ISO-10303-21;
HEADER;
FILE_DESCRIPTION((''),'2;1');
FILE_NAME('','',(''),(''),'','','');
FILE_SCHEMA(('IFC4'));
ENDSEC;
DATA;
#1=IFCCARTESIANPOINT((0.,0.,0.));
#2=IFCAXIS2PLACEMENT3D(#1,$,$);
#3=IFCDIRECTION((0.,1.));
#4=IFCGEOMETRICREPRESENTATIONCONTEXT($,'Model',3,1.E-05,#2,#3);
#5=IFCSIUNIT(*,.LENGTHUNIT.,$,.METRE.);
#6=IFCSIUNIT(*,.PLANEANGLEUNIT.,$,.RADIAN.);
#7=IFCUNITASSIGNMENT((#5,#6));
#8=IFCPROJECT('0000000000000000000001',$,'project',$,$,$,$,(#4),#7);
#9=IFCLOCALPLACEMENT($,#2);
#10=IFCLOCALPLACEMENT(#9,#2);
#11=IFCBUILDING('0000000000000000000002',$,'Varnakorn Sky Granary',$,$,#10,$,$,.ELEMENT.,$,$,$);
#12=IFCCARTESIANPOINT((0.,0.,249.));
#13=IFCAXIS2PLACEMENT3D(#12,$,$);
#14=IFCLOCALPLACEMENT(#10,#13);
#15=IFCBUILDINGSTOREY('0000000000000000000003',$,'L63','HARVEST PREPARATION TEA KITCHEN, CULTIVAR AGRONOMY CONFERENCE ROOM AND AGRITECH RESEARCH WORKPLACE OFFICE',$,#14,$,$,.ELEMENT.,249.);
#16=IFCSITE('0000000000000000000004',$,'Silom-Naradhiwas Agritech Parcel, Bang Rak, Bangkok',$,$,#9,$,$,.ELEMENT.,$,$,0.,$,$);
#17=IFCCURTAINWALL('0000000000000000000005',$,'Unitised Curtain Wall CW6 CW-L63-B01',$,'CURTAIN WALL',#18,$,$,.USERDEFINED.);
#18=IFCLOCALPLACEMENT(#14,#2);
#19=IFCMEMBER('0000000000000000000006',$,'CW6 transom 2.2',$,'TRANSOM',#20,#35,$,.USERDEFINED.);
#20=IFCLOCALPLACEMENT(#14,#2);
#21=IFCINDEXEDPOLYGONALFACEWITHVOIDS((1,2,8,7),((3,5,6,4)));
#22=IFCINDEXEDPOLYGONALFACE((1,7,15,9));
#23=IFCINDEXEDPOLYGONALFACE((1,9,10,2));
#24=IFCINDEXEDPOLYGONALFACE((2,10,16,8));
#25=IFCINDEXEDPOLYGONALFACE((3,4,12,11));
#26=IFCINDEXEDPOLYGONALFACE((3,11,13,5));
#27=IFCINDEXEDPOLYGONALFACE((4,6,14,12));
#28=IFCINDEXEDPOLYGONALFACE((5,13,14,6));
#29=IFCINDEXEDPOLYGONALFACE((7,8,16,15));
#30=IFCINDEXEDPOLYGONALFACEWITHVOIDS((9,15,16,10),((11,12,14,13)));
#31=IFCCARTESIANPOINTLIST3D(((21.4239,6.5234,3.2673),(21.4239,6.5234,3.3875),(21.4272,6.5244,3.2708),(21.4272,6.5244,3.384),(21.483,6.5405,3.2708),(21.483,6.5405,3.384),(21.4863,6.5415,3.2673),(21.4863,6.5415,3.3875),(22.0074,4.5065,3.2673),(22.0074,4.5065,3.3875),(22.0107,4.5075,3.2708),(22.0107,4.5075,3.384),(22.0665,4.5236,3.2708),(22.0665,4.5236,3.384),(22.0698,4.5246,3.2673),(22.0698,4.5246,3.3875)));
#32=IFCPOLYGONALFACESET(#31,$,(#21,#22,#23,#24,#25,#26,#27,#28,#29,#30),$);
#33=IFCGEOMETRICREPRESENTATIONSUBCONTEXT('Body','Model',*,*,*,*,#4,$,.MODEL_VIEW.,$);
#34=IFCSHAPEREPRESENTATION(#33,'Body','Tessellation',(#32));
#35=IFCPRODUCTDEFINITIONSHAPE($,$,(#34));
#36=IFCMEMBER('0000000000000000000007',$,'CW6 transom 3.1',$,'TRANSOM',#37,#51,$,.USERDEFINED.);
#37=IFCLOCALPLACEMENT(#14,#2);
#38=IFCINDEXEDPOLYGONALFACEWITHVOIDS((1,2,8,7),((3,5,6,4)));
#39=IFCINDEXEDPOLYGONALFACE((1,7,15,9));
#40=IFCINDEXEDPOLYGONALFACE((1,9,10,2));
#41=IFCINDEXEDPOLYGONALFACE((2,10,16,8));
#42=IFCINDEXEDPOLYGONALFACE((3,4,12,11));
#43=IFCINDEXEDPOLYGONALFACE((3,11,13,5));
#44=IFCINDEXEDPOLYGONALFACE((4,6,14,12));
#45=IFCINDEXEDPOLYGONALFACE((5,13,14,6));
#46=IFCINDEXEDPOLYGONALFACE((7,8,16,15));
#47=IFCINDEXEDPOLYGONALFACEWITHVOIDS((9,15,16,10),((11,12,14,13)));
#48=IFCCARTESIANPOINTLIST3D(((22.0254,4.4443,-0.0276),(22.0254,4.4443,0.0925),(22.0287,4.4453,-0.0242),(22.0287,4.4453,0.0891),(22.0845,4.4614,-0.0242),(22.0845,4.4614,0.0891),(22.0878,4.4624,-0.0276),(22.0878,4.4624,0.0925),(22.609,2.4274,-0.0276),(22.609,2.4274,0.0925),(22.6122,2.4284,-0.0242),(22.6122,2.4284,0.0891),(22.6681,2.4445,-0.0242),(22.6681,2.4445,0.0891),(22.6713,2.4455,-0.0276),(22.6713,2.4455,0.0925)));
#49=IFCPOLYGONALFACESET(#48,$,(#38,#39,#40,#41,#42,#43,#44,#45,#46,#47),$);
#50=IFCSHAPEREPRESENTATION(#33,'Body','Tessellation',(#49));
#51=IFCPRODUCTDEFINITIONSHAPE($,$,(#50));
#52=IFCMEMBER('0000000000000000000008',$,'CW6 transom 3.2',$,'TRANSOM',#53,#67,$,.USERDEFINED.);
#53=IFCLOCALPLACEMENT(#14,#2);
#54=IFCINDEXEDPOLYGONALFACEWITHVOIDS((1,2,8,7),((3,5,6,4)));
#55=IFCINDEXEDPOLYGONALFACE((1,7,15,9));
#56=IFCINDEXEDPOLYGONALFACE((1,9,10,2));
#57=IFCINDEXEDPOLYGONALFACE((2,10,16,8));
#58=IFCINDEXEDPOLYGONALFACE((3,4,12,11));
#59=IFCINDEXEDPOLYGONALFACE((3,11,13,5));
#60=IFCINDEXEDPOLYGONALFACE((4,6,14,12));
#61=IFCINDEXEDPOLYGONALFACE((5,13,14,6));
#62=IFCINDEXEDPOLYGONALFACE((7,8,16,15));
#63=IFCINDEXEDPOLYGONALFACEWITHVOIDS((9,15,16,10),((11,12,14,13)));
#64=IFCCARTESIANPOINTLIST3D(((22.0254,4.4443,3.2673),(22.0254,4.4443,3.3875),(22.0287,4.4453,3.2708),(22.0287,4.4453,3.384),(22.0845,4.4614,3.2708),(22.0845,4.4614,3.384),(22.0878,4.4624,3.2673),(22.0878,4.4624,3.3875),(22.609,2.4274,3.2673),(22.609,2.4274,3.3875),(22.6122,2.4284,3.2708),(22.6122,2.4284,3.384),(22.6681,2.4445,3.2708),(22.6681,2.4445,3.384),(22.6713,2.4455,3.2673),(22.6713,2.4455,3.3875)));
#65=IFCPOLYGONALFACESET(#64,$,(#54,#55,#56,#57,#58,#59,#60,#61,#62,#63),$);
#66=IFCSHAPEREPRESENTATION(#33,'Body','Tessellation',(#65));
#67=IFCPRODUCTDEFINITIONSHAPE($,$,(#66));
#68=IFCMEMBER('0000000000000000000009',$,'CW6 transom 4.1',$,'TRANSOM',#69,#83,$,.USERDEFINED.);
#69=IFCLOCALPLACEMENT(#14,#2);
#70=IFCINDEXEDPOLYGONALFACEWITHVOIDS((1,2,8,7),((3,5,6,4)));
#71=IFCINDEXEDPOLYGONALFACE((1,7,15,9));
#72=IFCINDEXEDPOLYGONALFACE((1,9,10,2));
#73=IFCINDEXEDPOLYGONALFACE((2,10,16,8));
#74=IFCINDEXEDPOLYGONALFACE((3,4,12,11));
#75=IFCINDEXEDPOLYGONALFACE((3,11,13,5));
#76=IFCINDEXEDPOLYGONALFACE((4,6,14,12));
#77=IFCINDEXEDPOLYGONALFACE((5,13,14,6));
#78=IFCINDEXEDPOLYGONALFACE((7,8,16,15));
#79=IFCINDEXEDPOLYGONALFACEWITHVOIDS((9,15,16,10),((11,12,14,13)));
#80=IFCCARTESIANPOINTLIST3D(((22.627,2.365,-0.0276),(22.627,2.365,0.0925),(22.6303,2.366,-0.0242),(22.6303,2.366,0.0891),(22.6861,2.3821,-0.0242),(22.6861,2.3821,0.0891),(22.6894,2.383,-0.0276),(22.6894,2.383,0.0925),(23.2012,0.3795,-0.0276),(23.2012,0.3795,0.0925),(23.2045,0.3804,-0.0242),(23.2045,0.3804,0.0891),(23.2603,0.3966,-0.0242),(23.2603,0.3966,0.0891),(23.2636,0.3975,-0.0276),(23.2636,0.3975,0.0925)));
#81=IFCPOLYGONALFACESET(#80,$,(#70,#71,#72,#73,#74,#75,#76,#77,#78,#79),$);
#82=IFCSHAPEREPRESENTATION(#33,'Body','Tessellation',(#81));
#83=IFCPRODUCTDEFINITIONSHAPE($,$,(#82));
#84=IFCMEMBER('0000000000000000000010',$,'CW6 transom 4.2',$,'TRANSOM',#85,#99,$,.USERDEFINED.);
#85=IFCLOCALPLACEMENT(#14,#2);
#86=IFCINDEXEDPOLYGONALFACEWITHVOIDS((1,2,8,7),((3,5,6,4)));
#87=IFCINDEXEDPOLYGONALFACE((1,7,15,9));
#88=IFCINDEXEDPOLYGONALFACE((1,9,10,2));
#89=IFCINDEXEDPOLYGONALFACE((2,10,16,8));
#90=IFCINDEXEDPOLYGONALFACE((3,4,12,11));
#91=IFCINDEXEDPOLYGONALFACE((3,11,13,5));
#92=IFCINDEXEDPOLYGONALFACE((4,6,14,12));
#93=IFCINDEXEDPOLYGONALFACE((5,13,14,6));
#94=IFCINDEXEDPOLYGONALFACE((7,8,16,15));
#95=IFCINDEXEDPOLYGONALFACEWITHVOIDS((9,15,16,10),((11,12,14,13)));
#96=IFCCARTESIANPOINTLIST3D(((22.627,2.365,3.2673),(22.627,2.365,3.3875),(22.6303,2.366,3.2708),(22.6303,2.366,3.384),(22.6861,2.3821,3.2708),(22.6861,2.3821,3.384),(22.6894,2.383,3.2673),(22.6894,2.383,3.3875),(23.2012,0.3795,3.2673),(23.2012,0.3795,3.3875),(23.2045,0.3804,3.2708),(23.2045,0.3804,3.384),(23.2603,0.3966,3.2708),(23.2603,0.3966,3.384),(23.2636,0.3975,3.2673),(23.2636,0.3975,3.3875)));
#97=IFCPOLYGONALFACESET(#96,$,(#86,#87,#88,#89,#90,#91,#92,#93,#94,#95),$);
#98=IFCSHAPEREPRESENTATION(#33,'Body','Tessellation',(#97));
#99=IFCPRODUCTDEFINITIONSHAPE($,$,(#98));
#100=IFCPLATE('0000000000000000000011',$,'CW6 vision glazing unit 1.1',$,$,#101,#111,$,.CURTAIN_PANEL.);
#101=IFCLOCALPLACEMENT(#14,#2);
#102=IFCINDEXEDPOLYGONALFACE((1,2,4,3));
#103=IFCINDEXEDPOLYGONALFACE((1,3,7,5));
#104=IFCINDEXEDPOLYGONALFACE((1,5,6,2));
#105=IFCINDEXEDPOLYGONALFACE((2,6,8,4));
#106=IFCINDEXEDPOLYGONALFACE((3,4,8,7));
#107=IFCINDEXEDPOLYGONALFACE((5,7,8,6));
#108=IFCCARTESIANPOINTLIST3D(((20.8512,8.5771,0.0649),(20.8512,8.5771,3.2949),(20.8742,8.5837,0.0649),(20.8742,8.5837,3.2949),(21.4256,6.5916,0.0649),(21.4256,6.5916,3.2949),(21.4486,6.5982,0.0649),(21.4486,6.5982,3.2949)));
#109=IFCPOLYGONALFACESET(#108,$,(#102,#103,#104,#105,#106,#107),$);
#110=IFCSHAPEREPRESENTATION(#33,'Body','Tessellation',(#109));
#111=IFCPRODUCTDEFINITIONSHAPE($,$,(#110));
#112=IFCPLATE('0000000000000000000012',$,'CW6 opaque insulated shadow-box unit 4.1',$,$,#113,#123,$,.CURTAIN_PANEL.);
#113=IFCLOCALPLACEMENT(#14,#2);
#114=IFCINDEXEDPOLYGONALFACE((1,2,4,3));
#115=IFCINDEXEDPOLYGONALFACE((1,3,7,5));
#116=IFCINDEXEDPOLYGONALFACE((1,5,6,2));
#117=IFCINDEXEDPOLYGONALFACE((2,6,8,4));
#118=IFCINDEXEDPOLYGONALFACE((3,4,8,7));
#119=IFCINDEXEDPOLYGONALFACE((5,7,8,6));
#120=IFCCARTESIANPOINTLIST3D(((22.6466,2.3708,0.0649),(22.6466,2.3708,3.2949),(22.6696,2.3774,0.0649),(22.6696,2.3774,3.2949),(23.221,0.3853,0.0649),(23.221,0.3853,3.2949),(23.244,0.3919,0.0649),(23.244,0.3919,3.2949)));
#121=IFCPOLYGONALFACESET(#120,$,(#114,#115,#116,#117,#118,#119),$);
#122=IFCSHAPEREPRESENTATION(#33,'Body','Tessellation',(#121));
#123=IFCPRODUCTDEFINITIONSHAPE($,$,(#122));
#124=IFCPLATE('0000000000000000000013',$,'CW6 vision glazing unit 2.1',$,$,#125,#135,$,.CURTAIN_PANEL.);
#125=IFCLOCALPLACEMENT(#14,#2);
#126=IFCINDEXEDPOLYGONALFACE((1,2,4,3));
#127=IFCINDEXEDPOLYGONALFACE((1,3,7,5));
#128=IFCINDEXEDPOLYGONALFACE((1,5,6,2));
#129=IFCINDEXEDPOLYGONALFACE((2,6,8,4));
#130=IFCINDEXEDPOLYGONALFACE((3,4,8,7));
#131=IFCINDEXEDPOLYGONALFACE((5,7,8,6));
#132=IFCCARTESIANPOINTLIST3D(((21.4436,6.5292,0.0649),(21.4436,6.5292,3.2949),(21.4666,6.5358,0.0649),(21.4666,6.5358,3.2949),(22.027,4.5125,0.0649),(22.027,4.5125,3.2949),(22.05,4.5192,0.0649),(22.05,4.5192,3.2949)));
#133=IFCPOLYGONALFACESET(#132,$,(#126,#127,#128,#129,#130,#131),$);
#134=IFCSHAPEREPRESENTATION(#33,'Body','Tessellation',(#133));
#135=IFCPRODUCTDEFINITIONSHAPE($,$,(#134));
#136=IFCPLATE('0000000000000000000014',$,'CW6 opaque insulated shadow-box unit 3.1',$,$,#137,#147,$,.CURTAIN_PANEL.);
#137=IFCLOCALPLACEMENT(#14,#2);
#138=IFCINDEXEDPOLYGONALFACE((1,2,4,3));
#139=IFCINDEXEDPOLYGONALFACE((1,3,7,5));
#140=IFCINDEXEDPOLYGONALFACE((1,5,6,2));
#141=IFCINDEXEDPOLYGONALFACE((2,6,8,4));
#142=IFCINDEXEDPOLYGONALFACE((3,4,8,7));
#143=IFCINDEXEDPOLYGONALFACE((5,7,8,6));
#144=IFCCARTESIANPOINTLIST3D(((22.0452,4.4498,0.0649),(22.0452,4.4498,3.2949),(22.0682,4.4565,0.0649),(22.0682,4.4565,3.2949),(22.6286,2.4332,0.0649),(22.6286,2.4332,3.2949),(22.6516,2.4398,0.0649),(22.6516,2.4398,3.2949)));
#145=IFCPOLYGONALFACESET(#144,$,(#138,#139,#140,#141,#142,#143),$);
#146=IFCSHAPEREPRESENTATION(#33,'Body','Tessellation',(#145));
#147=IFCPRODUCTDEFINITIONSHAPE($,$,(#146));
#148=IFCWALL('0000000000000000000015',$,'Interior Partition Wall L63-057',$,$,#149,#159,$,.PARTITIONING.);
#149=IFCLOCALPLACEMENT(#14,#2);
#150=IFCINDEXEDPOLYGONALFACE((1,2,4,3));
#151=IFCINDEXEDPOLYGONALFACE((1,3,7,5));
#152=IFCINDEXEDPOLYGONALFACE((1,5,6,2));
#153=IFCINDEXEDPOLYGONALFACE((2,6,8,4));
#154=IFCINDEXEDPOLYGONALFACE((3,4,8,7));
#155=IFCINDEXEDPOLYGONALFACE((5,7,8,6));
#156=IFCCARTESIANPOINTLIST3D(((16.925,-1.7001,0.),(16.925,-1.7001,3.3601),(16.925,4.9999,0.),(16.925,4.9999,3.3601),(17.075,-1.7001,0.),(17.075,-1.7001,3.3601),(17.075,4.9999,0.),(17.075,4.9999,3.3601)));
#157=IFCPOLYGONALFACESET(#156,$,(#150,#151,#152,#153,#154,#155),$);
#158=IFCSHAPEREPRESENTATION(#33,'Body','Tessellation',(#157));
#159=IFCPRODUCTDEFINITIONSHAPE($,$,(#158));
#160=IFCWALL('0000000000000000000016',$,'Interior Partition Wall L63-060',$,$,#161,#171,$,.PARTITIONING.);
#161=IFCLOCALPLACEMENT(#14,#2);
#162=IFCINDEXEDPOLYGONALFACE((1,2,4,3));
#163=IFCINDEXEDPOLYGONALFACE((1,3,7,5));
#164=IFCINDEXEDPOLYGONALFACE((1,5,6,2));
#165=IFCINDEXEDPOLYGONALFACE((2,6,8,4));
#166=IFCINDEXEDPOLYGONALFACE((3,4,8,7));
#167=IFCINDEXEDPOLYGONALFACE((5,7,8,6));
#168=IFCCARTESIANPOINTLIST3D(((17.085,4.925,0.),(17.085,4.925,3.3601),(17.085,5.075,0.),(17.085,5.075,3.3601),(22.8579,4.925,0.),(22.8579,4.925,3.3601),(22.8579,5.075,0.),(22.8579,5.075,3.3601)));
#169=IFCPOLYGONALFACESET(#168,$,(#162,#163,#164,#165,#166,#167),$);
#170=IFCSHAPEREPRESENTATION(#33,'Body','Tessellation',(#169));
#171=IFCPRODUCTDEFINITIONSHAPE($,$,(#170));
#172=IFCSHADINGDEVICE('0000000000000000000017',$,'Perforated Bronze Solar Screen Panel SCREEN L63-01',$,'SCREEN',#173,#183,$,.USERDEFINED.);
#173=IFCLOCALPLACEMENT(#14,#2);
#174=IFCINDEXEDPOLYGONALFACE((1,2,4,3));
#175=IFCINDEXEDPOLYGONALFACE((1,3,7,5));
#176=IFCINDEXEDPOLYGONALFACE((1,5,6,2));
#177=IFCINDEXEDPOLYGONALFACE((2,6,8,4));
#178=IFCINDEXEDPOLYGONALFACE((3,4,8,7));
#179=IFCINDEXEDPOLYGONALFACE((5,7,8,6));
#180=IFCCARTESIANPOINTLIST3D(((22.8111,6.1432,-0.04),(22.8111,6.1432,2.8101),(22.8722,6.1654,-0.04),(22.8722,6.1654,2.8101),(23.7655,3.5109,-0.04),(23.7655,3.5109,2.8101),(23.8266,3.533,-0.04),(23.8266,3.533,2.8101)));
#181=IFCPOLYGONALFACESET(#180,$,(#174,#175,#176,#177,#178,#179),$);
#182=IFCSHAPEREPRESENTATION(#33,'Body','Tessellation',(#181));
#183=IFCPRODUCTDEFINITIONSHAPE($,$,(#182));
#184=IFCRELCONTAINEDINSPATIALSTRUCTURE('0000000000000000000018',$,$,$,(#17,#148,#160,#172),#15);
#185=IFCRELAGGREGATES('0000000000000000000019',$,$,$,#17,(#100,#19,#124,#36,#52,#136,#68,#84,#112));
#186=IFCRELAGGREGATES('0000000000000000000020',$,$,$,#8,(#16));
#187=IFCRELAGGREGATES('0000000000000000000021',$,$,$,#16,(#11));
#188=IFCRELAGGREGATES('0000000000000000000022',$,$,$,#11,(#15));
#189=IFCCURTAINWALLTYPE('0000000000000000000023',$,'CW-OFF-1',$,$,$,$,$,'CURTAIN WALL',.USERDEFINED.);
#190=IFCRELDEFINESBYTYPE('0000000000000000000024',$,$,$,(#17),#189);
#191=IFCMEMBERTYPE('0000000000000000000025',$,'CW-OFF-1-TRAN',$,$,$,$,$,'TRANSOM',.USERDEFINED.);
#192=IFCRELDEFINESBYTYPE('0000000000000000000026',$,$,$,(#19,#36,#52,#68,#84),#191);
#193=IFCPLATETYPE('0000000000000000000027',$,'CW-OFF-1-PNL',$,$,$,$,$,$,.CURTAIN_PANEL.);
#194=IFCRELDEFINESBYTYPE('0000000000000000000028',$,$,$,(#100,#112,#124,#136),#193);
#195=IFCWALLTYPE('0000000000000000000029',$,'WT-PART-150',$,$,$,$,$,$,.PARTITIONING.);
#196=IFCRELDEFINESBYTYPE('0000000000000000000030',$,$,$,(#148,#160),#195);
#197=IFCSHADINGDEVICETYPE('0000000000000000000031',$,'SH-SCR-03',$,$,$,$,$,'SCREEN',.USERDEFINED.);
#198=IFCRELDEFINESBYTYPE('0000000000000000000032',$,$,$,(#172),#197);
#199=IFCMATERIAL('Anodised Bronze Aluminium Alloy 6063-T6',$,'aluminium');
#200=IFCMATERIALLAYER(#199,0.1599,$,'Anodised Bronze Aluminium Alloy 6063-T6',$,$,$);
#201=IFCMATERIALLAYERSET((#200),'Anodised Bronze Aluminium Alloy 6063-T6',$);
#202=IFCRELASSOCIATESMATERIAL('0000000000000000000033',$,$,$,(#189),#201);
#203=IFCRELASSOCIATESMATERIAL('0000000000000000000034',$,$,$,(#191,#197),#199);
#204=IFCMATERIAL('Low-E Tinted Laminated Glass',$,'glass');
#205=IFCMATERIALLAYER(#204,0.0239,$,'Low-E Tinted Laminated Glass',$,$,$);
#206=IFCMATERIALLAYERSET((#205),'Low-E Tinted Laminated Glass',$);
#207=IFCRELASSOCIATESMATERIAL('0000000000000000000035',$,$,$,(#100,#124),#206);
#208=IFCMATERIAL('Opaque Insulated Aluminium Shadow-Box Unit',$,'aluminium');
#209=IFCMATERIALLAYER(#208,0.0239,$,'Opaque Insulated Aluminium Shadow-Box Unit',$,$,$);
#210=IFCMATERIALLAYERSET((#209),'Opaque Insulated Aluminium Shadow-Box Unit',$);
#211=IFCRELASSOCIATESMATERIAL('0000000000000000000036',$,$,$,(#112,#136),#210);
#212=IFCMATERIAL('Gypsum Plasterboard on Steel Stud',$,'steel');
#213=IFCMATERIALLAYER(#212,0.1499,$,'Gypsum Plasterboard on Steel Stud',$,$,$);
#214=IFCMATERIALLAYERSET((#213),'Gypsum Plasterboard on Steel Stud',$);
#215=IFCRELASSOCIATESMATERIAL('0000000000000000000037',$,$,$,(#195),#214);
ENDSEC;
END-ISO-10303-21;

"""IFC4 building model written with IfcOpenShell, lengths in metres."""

from ifc_helpers import new_model, si_unit, direction, frame, frame_2d, origin, origin_2d, place, context, subcontext, project, spatial, rectangle, hollow_rectangle, extrude, source, transform, mapped, material, layer, layer_set, material_profile, profile_set, type_object, type_shapes, element, aggregate, save


model = new_model("IFC4")

# Units and contexts
model_context = context("Model", 3, precision=1e-05, world=origin(), true_north=direction((0.0, 1.0)))
body_context = subcontext(model_context, "Body", "Model", "MODEL_VIEW")
ifc_project = project(units=[si_unit("LENGTHUNIT", "METRE"), si_unit("PLANEANGLEUNIT", "RADIAN")], contexts=[model_context])

# Site, building, storey
site_placement = place(None, origin())
site = spatial("IfcSite", under=ifc_project, at=site_placement, Name="Silom-Naradhiwas Agritech Parcel, Bang Rak, Bangkok", CompositionType="ELEMENT", RefElevation=0.0)
building_placement = place(site_placement, origin())
building = spatial("IfcBuilding", under=site, at=building_placement, Name="Varnakorn Sky Granary", CompositionType="ELEMENT")
storey_placement = place(building_placement, frame((0.0, 0.0, 249.0)))
storey = spatial("IfcBuildingStorey", under=building, at=storey_placement, Name="L63", Description="HARVEST PREPARATION TEA KITCHEN, CULTIVAR AGRONOMY CONFERENCE ROOM AND AGRITECH RESEARCH WORKPLACE OFFICE", CompositionType="ELEMENT", Elevation=249.0)

# Curtain wall, members, plates
ifc_material_1 = material(Name="Anodised Bronze Aluminium Alloy 6063-T6", Category="aluminium")
ifc_layer_1 = layer(ifc_material_1, 0.1599, Name="Anodised Bronze Aluminium Alloy 6063-T6")
ifc_layer_set_1 = layer_set([ifc_layer_1], Name="Anodised Bronze Aluminium Alloy 6063-T6")
curtain_wall_type = type_object("IfcCurtainWallType", Name="CW-OFF-1", ElementType="CURTAIN WALL", PredefinedType="USERDEFINED", material=ifc_layer_set_1)
curtain_wall_placement = place(storey_placement, origin())
curtain_wall = element("IfcCurtainWall", 1, at=curtain_wall_placement, inside=storey, type_object=curtain_wall_type, Name="Unitised Curtain Wall CW6 CW-L63-B01", ObjectType="CURTAIN WALL", PredefinedType="USERDEFINED")
ifc_material_profile_1 = material_profile(ifc_material_1, hollow_rectangle(XDim=0.0649, YDim=0.1201, WallThickness=0.0034, at=origin_2d()), Name="ALU TRAN 65x120")
ifc_profile_set_1 = profile_set([ifc_material_profile_1], Name="Anodised Bronze Aluminium Alloy 6063-T6")
member_type_1 = type_object("IfcMemberType", Name="CW-OFF-1-TRAN", ElementType="TRANSOM", PredefinedType="USERDEFINED", material=ifc_profile_set_1)
member_1_placement = place(storey_placement, frame((21.4551, 6.5325, 3.3274), z_axis=(0.277914, -0.960606, 0.0), x_axis=(0.960606, 0.277914, 0.0)))
member_1 = element("IfcMember", 2, at=member_1_placement, type_object=member_type_1, Name="CW6 transom 2.2", ObjectType="TRANSOM", PredefinedType="USERDEFINED", context=body_context, shape_type="SweptSolid", body=[
    extrude(hollow_rectangle(XDim=0.0649, YDim=0.1201, WallThickness=0.0034, at=origin_2d()), origin(), (0.0, 0.0, 1.0), 2.0996),
])
member_2_placement = place(storey_placement, frame((22.0566, 4.4534, 0.0325), z_axis=(0.277914, -0.960606, 0.0), x_axis=(0.960606, 0.277914, 0.0)))
member_2 = element("IfcMember", 3, at=member_2_placement, type_object=member_type_1, Name="CW6 transom 3.1", ObjectType="TRANSOM", PredefinedType="USERDEFINED", context=body_context, shape_type="SweptSolid", body=[
    extrude(hollow_rectangle(XDim=0.0649, YDim=0.1201, WallThickness=0.0034, at=origin_2d()), origin(), (0.0, 0.0, 1.0), 2.0996),
])
member_3_placement = place(storey_placement, frame((22.0566, 4.4534, 3.3274), z_axis=(0.277914, -0.960606, 0.0), x_axis=(0.960606, 0.277914, 0.0)))
member_3 = element("IfcMember", 4, at=member_3_placement, type_object=member_type_1, Name="CW6 transom 3.2", ObjectType="TRANSOM", PredefinedType="USERDEFINED", context=body_context, shape_type="SweptSolid", body=[
    extrude(hollow_rectangle(XDim=0.0649, YDim=0.1201, WallThickness=0.0034, at=origin_2d()), origin(), (0.0, 0.0, 1.0), 2.0996),
])
member_4_placement = place(storey_placement, frame((22.6582, 2.374, 0.0325), z_axis=(0.277809, -0.960636, 0.0), x_axis=(0.960636, 0.277809, 0.0)))
member_4 = element("IfcMember", 5, at=member_4_placement, type_object=member_type_1, Name="CW6 transom 4.1", ObjectType="TRANSOM", PredefinedType="USERDEFINED", context=body_context, shape_type="SweptSolid", body=[
    extrude(hollow_rectangle(XDim=0.0649, YDim=0.1201, WallThickness=0.0034, at=origin_2d()), origin(), (0.0, 0.0, 1.0), 2.0669),
])
member_5_placement = place(storey_placement, frame((22.6582, 2.374, 3.3274), z_axis=(0.277809, -0.960636, 0.0), x_axis=(0.960636, 0.277809, 0.0)))
member_5 = element("IfcMember", 6, at=member_5_placement, type_object=member_type_1, Name="CW6 transom 4.2", ObjectType="TRANSOM", PredefinedType="USERDEFINED", context=body_context, shape_type="SweptSolid", body=[
    extrude(hollow_rectangle(XDim=0.0649, YDim=0.1201, WallThickness=0.0034, at=origin_2d()), origin(), (0.0, 0.0, 1.0), 2.0669),
])
ifc_material_2 = material(Name="Low-E Tinted Laminated Glass", Category="glass")
ifc_layer_2 = layer(ifc_material_2, 0.0239, Name="Low-E Tinted Laminated Glass")
ifc_layer_set_2 = layer_set([ifc_layer_2], Name="Low-E Tinted Laminated Glass")
plate_type = type_object("IfcPlateType", Name="CW-OFF-1-PNL", PredefinedType="CURTAIN_PANEL")
shared_shape_1 = source(origin(), body_context, "Body", "SweptSolid", [
    extrude(rectangle(XDim=2.0669, YDim=0.0239, at=origin_2d()), origin(), (0.0, 0.0, 1.0), 3.23),
])
plate_1_placement = place(storey_placement, frame((21.1499, 7.5876, 0.0649), z_axis=(0.0, 0.0, 1.0), x_axis=(0.277899, -0.96061, 0.0)))
plate_1 = element("IfcPlate", 7, at=plate_1_placement, type_object=plate_type, material=ifc_layer_set_2, Name="CW6 vision glazing unit 1.1", PredefinedType="CURTAIN_PANEL", context=body_context, shape_type="MappedRepresentation", body=[
    mapped(shared_shape_1, transform((0.0, 0.0, 0.0), x_axis=(1.0, 0.0, 0.0), y_axis=(0.0, 1.0, 0.0), z_axis=(0.0, 0.0, 1.0), scale=1.0)),
])
ifc_material_3 = material(Name="Opaque Insulated Aluminium Shadow-Box Unit", Category="aluminium")
ifc_layer_3 = layer(ifc_material_3, 0.0239, Name="Opaque Insulated Aluminium Shadow-Box Unit")
ifc_layer_set_3 = layer_set([ifc_layer_3], Name="Opaque Insulated Aluminium Shadow-Box Unit")
plate_2_placement = place(storey_placement, frame((22.9453, 1.3813, 0.0649), z_axis=(0.0, 0.0, 1.0), x_axis=(0.277899, -0.96061, 0.0)))
plate_2 = element("IfcPlate", 8, at=plate_2_placement, type_object=plate_type, material=ifc_layer_set_3, Name="CW6 opaque insulated shadow-box unit 4.1", PredefinedType="CURTAIN_PANEL", context=body_context, shape_type="MappedRepresentation", body=[
    mapped(shared_shape_1, transform((0.0, 0.0, 0.0), x_axis=(1.0, 0.0, 0.0), y_axis=(0.0, 1.0, 0.0), z_axis=(0.0, 0.0, 1.0), scale=1.0)),
])
shared_shape_2 = source(origin(), body_context, "Body", "SweptSolid", [
    extrude(rectangle(XDim=2.0994, YDim=0.0239, at=origin_2d()), origin(), (0.0, 0.0, 1.0), 3.23),
])
type_shapes(plate_type, [shared_shape_1, shared_shape_2])
plate_3_placement = place(storey_placement, frame((21.7468, 5.5242, 0.0649), z_axis=(0.0, 0.0, 1.0), x_axis=(0.277899, -0.96061, 0.0)))
plate_3 = element("IfcPlate", 9, at=plate_3_placement, type_object=plate_type, material=ifc_layer_set_2, Name="CW6 vision glazing unit 2.1", PredefinedType="CURTAIN_PANEL", context=body_context, shape_type="MappedRepresentation", body=[
    mapped(shared_shape_2, transform((0.0, 0.0, 0.0), x_axis=(1.0, 0.0, 0.0), y_axis=(0.0, 1.0, 0.0), z_axis=(0.0, 0.0, 1.0), scale=1.0)),
])
plate_4_placement = place(storey_placement, frame((22.3484, 3.4448, 0.0649), z_axis=(0.0, 0.0, 1.0), x_axis=(0.277899, -0.96061, 0.0)))
plate_4 = element("IfcPlate", 10, at=plate_4_placement, type_object=plate_type, material=ifc_layer_set_3, Name="CW6 opaque insulated shadow-box unit 3.1", PredefinedType="CURTAIN_PANEL", context=body_context, shape_type="MappedRepresentation", body=[
    mapped(shared_shape_2, transform((0.0, 0.0, 0.0), x_axis=(1.0, 0.0, 0.0), y_axis=(0.0, 1.0, 0.0), z_axis=(0.0, 0.0, 1.0), scale=1.0)),
])
aggregate(curtain_wall, [plate_1, member_1, plate_3, member_2, member_3, plate_4, member_4, member_5, plate_2])

# Walls
ifc_material_4 = material(Name="Gypsum Plasterboard on Steel Stud", Category="steel")
ifc_layer_4 = layer(ifc_material_4, 0.1499, Name="Gypsum Plasterboard on Steel Stud")
ifc_layer_set_4 = layer_set([ifc_layer_4], Name="Gypsum Plasterboard on Steel Stud")
wall_type = type_object("IfcWallType", Name="WT-PART-150", PredefinedType="PARTITIONING", material=ifc_layer_set_4)
wall_1_placement = place(storey_placement, frame((17.0, 5.0, 0.0), z_axis=(0.0, 0.0, 1.0), x_axis=(0.0, -1.0, 0.0)))
element("IfcWall", 11, at=wall_1_placement, inside=storey, type_object=wall_type, Name="Interior Partition Wall L63-057", PredefinedType="PARTITIONING", context=body_context, shape_type="SweptSolid", body=[
    extrude(rectangle(XDim=6.7, YDim=0.1499, at=frame_2d((3.3501, 0.0))), origin(), (0.0, 0.0, 1.0), 3.3601),
])
wall_2_placement = place(storey_placement, frame((17.085, 5.0, 0.0), z_axis=(0.0, 0.0, 1.0), x_axis=(1.0, 0.0, 0.0)))
element("IfcWall", 12, at=wall_2_placement, inside=storey, type_object=wall_type, Name="Interior Partition Wall L63-060", PredefinedType="PARTITIONING", context=body_context, shape_type="SweptSolid", body=[
    extrude(rectangle(XDim=5.7729, YDim=0.1499, at=frame_2d((2.8865, 0.0))), origin(), (0.0, 0.0, 1.0), 3.3601),
])

# Shading device
shading_device_type = type_object("IfcShadingDeviceType", Name="SH-SCR-03", ElementType="SCREEN", PredefinedType="USERDEFINED", material=ifc_material_1)
shared_shape_3 = source(origin(), body_context, "Body", "SweptSolid", [
    extrude(rectangle(XDim=2.8, YDim=0.0649, at=origin_2d()), origin(), (0.0, 0.0, 1.0), 2.8501),
])
type_shapes(shading_device_type, [shared_shape_3])
shading_device_placement = place(storey_placement, frame((23.3188, 4.8381, -0.04), z_axis=(0.0, 0.0, 1.0), x_axis=(-0.340862, 0.940113, 0.0)))
element("IfcShadingDevice", 13, at=shading_device_placement, inside=storey, type_object=shading_device_type, Name="Perforated Bronze Solar Screen Panel SCREEN L63-01", ObjectType="SCREEN", PredefinedType="USERDEFINED", context=body_context, shape_type="MappedRepresentation", body=[
    mapped(shared_shape_3, transform((0.0, 0.0, 0.0), x_axis=(1.0, 0.0, 0.0), y_axis=(0.0, 1.0, 0.0), z_axis=(0.0, 0.0, 1.0), scale=1.0)),
])

save(model, "model.ifc")
